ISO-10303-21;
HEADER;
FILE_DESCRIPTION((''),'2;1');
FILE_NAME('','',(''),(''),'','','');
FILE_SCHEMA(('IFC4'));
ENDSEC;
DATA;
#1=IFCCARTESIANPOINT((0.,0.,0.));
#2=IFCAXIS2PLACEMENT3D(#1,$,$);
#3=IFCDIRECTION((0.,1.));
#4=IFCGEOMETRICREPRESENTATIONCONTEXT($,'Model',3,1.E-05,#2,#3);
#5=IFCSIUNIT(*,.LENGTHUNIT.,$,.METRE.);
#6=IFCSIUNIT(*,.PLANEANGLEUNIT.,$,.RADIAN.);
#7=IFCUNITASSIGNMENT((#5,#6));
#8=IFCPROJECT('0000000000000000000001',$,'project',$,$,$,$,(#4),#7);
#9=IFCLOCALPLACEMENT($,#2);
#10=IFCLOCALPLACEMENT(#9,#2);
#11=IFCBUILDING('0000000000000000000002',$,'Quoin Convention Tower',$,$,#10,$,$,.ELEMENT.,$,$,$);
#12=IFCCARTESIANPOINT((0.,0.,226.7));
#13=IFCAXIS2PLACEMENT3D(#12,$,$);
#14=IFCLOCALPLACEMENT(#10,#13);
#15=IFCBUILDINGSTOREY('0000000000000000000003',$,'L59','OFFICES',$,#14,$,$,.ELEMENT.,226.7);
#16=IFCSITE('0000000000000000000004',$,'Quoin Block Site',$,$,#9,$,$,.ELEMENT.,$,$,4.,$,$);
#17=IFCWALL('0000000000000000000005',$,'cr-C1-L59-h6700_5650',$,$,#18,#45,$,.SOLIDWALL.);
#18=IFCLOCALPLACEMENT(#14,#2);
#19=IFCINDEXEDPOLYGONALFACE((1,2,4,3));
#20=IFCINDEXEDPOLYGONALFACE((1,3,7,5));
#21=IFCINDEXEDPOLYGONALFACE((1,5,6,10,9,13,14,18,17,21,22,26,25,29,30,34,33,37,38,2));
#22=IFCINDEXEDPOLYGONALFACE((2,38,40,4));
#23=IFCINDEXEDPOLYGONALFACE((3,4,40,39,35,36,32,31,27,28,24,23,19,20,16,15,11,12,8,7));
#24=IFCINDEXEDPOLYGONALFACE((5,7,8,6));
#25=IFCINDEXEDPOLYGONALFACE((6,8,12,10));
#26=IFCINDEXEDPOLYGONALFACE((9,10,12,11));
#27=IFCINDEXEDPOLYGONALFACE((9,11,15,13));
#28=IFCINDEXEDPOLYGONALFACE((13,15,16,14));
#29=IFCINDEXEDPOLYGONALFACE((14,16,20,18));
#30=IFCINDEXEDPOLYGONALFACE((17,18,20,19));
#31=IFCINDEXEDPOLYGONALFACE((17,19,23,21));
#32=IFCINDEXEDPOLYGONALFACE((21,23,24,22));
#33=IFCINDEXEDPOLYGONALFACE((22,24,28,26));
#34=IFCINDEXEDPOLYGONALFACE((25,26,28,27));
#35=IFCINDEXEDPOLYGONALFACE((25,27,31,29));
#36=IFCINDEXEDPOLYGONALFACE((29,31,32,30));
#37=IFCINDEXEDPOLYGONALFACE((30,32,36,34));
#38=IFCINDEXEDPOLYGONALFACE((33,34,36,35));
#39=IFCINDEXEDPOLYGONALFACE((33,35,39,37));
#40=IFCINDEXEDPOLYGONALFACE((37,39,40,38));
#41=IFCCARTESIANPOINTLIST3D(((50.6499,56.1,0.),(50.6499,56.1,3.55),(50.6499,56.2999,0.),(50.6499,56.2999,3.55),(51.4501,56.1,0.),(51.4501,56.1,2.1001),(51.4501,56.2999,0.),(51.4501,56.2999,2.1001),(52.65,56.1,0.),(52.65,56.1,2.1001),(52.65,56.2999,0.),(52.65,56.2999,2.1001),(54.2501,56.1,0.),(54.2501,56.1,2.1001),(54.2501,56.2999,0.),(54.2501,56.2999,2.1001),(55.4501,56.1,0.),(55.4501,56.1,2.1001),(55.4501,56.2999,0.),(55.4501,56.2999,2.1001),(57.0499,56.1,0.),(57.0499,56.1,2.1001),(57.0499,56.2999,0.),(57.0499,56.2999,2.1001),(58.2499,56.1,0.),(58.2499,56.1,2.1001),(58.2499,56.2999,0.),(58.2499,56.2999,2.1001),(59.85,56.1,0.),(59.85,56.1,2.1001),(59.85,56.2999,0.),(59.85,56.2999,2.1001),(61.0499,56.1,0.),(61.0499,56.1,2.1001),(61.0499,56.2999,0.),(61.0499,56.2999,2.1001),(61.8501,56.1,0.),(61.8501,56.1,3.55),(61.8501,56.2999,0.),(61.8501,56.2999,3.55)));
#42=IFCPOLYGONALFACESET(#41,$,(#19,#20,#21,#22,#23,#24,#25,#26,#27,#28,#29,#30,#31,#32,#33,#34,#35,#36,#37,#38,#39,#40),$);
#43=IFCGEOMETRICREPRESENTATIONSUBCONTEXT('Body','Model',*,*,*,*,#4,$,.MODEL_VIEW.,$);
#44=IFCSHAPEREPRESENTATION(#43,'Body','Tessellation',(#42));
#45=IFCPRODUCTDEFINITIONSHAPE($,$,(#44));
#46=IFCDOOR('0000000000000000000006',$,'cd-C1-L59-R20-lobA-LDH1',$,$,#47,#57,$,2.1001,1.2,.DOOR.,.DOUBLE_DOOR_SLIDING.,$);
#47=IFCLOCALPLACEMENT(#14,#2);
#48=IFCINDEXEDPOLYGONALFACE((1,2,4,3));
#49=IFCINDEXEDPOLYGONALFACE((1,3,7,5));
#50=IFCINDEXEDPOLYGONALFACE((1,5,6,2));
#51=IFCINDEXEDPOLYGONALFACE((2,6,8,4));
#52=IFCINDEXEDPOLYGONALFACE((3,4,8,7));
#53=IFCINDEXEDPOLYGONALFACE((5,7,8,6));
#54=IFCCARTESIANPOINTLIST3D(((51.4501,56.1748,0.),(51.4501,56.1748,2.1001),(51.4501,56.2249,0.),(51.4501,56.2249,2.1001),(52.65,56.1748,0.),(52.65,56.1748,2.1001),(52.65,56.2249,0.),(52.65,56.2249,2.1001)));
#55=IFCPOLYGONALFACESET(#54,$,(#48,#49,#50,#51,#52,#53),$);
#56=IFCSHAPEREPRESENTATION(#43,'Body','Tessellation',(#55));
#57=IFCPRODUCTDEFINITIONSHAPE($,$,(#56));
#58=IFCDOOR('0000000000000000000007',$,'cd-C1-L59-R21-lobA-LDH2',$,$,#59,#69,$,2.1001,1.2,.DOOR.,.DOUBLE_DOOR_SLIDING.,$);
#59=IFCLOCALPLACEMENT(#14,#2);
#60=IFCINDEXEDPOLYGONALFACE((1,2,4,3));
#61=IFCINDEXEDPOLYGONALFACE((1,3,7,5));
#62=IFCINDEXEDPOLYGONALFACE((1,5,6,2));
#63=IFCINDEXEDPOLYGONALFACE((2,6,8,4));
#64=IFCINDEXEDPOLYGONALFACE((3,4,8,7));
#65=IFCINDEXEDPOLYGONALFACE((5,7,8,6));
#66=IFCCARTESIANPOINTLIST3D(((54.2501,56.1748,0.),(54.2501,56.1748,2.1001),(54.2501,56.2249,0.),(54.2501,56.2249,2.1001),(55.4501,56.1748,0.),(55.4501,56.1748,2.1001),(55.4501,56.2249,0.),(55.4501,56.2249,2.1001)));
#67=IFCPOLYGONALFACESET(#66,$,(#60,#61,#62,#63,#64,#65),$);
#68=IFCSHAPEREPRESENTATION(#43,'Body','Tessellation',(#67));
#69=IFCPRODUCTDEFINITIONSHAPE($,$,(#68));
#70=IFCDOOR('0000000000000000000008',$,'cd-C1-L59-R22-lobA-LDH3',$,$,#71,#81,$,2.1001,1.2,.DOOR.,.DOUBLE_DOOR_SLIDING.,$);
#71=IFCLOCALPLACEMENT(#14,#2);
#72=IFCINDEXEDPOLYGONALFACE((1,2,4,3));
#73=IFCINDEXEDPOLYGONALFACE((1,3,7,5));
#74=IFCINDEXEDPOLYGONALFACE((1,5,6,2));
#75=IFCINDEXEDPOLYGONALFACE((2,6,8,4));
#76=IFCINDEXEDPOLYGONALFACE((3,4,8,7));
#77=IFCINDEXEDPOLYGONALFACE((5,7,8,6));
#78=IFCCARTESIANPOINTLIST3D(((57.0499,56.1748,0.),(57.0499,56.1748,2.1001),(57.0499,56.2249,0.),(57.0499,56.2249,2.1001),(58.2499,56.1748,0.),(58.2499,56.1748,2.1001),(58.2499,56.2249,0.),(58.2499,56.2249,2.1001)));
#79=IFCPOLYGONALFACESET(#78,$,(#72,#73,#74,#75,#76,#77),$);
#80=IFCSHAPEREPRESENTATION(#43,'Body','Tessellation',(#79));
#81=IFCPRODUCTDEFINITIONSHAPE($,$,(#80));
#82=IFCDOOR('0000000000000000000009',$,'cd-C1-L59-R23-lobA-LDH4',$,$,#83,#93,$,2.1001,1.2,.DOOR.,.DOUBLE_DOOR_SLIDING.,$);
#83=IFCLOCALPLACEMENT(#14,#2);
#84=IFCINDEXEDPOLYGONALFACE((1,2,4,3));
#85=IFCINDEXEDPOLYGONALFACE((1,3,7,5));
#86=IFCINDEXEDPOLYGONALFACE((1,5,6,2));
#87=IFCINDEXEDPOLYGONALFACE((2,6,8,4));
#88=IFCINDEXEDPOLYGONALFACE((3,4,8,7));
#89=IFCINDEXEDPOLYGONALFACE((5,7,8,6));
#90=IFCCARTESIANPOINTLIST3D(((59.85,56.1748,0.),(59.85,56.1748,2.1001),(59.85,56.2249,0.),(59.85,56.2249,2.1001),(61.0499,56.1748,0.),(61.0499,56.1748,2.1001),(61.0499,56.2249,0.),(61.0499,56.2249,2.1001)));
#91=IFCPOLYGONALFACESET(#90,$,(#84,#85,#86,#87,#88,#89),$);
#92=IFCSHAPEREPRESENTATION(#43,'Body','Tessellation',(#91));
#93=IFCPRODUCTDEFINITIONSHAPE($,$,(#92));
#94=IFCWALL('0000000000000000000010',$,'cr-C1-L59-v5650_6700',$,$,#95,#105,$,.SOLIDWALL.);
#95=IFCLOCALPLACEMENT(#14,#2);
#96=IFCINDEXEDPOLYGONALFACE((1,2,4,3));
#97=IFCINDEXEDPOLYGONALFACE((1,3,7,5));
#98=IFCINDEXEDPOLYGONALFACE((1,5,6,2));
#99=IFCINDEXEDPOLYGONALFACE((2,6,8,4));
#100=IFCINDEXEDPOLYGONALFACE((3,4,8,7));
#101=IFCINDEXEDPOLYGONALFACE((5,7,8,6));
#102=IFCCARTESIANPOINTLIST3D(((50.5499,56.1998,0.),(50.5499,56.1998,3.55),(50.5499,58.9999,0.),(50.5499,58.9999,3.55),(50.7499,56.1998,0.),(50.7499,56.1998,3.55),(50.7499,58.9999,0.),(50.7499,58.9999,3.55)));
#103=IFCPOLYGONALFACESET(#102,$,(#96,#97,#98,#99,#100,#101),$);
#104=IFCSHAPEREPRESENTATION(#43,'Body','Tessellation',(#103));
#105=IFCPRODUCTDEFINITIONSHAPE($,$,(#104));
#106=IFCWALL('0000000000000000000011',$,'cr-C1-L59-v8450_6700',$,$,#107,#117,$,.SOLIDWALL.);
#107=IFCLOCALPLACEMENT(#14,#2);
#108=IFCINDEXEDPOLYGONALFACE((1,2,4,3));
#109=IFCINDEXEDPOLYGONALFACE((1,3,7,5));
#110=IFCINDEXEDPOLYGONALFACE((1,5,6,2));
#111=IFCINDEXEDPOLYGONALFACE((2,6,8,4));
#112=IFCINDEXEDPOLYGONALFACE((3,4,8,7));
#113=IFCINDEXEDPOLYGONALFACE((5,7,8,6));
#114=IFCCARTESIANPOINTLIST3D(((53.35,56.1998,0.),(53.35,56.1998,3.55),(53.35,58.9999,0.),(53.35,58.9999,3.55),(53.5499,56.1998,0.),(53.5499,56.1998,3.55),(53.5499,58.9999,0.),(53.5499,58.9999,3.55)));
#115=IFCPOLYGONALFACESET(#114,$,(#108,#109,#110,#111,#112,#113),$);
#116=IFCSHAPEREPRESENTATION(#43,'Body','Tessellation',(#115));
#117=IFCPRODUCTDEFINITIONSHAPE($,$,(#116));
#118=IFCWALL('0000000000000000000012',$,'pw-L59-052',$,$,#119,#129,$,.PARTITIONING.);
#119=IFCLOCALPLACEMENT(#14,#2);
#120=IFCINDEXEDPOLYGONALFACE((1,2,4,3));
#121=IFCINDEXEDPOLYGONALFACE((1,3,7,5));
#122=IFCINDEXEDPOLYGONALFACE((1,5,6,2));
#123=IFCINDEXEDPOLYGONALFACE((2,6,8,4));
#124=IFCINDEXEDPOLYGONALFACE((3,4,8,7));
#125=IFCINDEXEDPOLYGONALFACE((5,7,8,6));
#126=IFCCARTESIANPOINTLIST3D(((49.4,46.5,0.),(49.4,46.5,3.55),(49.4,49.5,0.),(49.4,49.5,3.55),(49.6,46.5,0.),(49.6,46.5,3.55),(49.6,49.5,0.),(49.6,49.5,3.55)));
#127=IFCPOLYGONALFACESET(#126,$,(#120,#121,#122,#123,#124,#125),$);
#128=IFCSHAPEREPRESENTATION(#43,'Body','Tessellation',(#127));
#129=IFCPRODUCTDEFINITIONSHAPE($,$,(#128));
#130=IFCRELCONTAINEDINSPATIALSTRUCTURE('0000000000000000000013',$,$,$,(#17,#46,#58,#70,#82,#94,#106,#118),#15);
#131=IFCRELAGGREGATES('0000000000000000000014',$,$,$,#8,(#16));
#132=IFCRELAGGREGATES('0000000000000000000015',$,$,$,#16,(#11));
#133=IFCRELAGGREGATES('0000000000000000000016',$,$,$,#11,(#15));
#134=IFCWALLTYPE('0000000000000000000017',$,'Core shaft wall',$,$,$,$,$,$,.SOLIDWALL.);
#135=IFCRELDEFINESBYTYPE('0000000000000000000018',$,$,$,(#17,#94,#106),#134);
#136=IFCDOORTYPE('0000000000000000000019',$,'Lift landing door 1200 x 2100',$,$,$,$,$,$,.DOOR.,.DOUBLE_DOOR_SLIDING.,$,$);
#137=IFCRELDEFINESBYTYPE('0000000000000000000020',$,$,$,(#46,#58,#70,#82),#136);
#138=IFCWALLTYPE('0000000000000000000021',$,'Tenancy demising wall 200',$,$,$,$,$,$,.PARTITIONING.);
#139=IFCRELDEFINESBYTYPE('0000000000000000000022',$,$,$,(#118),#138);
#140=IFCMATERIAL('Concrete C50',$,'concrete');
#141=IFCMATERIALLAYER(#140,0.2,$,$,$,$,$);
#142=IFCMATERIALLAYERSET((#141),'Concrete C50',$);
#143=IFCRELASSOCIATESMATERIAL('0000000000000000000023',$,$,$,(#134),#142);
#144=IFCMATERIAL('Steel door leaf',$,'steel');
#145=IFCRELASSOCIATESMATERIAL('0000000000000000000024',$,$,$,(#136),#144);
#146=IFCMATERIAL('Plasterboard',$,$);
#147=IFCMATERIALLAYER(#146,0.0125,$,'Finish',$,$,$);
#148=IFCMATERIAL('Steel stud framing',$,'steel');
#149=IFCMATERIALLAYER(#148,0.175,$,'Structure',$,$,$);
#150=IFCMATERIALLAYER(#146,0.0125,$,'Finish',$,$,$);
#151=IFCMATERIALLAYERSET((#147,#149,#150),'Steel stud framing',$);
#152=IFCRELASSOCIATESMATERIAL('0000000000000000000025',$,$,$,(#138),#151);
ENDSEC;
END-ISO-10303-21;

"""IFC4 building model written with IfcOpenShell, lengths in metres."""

from ifc_helpers import new_model, si_unit, direction, frame, frame_2d, origin, place, context, subcontext, project, spatial, rectangle, extrude, material, layer, layer_set, type_object, element, fill, save


model = new_model("IFC4")

# Units and contexts
model_context = context("Model", 3, precision=1e-05, world=origin(), true_north=direction((0.0, 1.0)))
body_context = subcontext(model_context, "Body", "Model", "MODEL_VIEW")
ifc_project = project(units=[si_unit("LENGTHUNIT", "METRE"), si_unit("PLANEANGLEUNIT", "RADIAN")], contexts=[model_context])

# Site, building, storey
site_placement = place(None, origin())
site = spatial("IfcSite", under=ifc_project, at=site_placement, Name="Quoin Block Site", CompositionType="ELEMENT", RefElevation=4.0)
building_placement = place(site_placement, origin())
building = spatial("IfcBuilding", under=site, at=building_placement, Name="Quoin Convention Tower", CompositionType="ELEMENT")
storey_placement = place(building_placement, frame((0.0, 0.0, 226.7)))
storey = spatial("IfcBuildingStorey", under=building, at=storey_placement, Name="L59", Description="OFFICES", CompositionType="ELEMENT", Elevation=226.7)

# Shared definitions
ifc_material_1 = material(Name="Concrete C50", Category="concrete")

# Shared definitions
ifc_material_2 = material(Name="Plasterboard")
ifc_material_3 = material(Name="Steel stud framing", Category="steel")
ifc_material_4 = material(Name="Steel door leaf", Category="steel")

# Wall, openings, doors
ifc_layer_1 = layer(ifc_material_1, 0.2)
ifc_layer_set_1 = layer_set([ifc_layer_1], Name="Concrete C50")
wall_type_1 = type_object("IfcWallType", Name="Core shaft wall", PredefinedType="SOLIDWALL", material=ifc_layer_set_1)
wall_1_placement = place(storey_placement, frame((50.6499, 56.2, 0.0), z_axis=(0.0, 0.0, 1.0), x_axis=(1.0, 0.0, 0.0)))
wall_1 = element("IfcWall", 1, at=wall_1_placement, inside=storey, type_object=wall_type_1, Name="cr-C1-L59-h6700_5650", PredefinedType="SOLIDWALL", context=body_context, shape_type="SweptSolid", body=[
    extrude(rectangle(XDim=11.2002, YDim=0.2, at=frame_2d((5.6001, 0.0))), origin(), (0.0, 0.0, 1.0), 3.55),
])
opening_1_placement = place(wall_1_placement, frame((0.8, 0.0, 0.0)))
opening_1 = element("IfcOpeningElement", 2, at=opening_1_placement, cuts=wall_1, PredefinedType="OPENING", context=body_context, shape_type="SweptSolid", body=[
    extrude(rectangle(XDim=1.2, YDim=2.1001, at=frame_2d((0.6001, 1.05))), frame((0.0, 0.1099, 0.0), z_axis=(0.0, -1.0, 0.0), x_axis=(1.0, 0.0, 0.0)), (0.0, 0.0, 1.0), 0.22),
])
opening_2_placement = place(wall_1_placement, frame((3.6001, 0.0, 0.0)))
opening_2 = element("IfcOpeningElement", 3, at=opening_2_placement, cuts=wall_1, PredefinedType="OPENING", context=body_context, shape_type="SweptSolid", body=[
    extrude(rectangle(XDim=1.2, YDim=2.1001, at=frame_2d((0.6001, 1.05))), frame((0.0, 0.1099, 0.0), z_axis=(0.0, -1.0, 0.0), x_axis=(1.0, 0.0, 0.0)), (0.0, 0.0, 1.0), 0.22),
])
opening_3_placement = place(wall_1_placement, frame((6.3999, 0.0, 0.0)))
opening_3 = element("IfcOpeningElement", 4, at=opening_3_placement, cuts=wall_1, PredefinedType="OPENING", context=body_context, shape_type="SweptSolid", body=[
    extrude(rectangle(XDim=1.2, YDim=2.1001, at=frame_2d((0.6001, 1.05))), frame((0.0, 0.1099, 0.0), z_axis=(0.0, -1.0, 0.0), x_axis=(1.0, 0.0, 0.0)), (0.0, 0.0, 1.0), 0.22),
])
opening_4_placement = place(wall_1_placement, frame((9.2, 0.0, 0.0)))
opening_4 = element("IfcOpeningElement", 5, at=opening_4_placement, cuts=wall_1, PredefinedType="OPENING", context=body_context, shape_type="SweptSolid", body=[
    extrude(rectangle(XDim=1.2, YDim=2.1001, at=frame_2d((0.6001, 1.05))), frame((0.0, 0.1099, 0.0), z_axis=(0.0, -1.0, 0.0), x_axis=(1.0, 0.0, 0.0)), (0.0, 0.0, 1.0), 0.22),
])
door_type_1 = type_object("IfcDoorType", Name="Lift landing door 1200 x 2100", OperationType="DOUBLE_DOOR_SLIDING", PredefinedType="DOOR", material=ifc_material_4)
door_1_placement = place(opening_1_placement, origin())
door_1 = element("IfcDoor", 6, at=door_1_placement, inside=storey, type_object=door_type_1, Name="cd-C1-L59-R20-lobA-LDH1", OperationType="DOUBLE_DOOR_SLIDING", OverallHeight=2.1001, OverallWidth=1.2, PredefinedType="DOOR", context=body_context, shape_type="SweptSolid", body=[
    extrude(rectangle(XDim=1.2, YDim=2.1001, at=frame_2d((0.6001, 1.05))), frame((0.0, 0.0249, 0.0), z_axis=(0.0, -1.0, 0.0), x_axis=(1.0, 0.0, 0.0)), (0.0, 0.0, 1.0), 0.05),
])
fill(opening_1, door_1)
door_2_placement = place(opening_2_placement, origin())
door_2 = element("IfcDoor", 7, at=door_2_placement, inside=storey, type_object=door_type_1, Name="cd-C1-L59-R21-lobA-LDH2", OperationType="DOUBLE_DOOR_SLIDING", OverallHeight=2.1001, OverallWidth=1.2, PredefinedType="DOOR", context=body_context, shape_type="SweptSolid", body=[
    extrude(rectangle(XDim=1.2, YDim=2.1001, at=frame_2d((0.6001, 1.05))), frame((0.0, 0.0249, 0.0), z_axis=(0.0, -1.0, 0.0), x_axis=(1.0, 0.0, 0.0)), (0.0, 0.0, 1.0), 0.05),
])
fill(opening_2, door_2)
door_3_placement = place(opening_3_placement, origin())
door_3 = element("IfcDoor", 8, at=door_3_placement, inside=storey, type_object=door_type_1, Name="cd-C1-L59-R22-lobA-LDH3", OperationType="DOUBLE_DOOR_SLIDING", OverallHeight=2.1001, OverallWidth=1.2, PredefinedType="DOOR", context=body_context, shape_type="SweptSolid", body=[
    extrude(rectangle(XDim=1.2, YDim=2.1001, at=frame_2d((0.6001, 1.05))), frame((0.0, 0.0249, 0.0), z_axis=(0.0, -1.0, 0.0), x_axis=(1.0, 0.0, 0.0)), (0.0, 0.0, 1.0), 0.05),
])
fill(opening_3, door_3)
door_4_placement = place(opening_4_placement, origin())
door_4 = element("IfcDoor", 9, at=door_4_placement, inside=storey, type_object=door_type_1, Name="cd-C1-L59-R23-lobA-LDH4", OperationType="DOUBLE_DOOR_SLIDING", OverallHeight=2.1001, OverallWidth=1.2, PredefinedType="DOOR", context=body_context, shape_type="SweptSolid", body=[
    extrude(rectangle(XDim=1.2, YDim=2.1001, at=frame_2d((0.6001, 1.05))), frame((0.0, 0.0249, 0.0), z_axis=(0.0, -1.0, 0.0), x_axis=(1.0, 0.0, 0.0)), (0.0, 0.0, 1.0), 0.05),
])
fill(opening_4, door_4)

# Walls
for number, where, z_axis, x_axis, name in (
    (10, (50.6499, 56.2, 0.0), (0.0, 0.0, 1.0), (0.0, 1.0, 0.0), "cr-C1-L59-v5650_6700"),
    (11, (53.45, 56.2, 0.0), (0.0, 0.0, 1.0), (0.0, 1.0, 0.0), "cr-C1-L59-v8450_6700"),
):
    element("IfcWall", number, at=place(storey_placement, frame(where, z_axis=z_axis, x_axis=x_axis)), inside=storey, type_object=wall_type_1, Name=name, PredefinedType="SOLIDWALL", context=body_context, shape_type="SweptSolid", body=[
        extrude(rectangle(XDim=2.8, YDim=0.2, at=frame_2d((1.3999, 0.0))), origin(), (0.0, 0.0, 1.0), 3.55),
    ])
ifc_layer_2 = layer(ifc_material_2, 0.0125, Name="Finish")
ifc_layer_3 = layer(ifc_material_3, 0.175, Name="Structure")
ifc_layer_4 = layer(ifc_material_2, 0.0125, Name="Finish")
ifc_layer_set_2 = layer_set([ifc_layer_2, ifc_layer_3, ifc_layer_4], Name="Steel stud framing")
wall_type_2 = type_object("IfcWallType", Name="Tenancy demising wall 200", PredefinedType="PARTITIONING", material=ifc_layer_set_2)
wall_2_placement = place(storey_placement, frame((49.5, 46.5, 0.0), z_axis=(0.0, 0.0, 1.0), x_axis=(0.0, 1.0, 0.0)))
element("IfcWall", 12, at=wall_2_placement, inside=storey, type_object=wall_type_2, Name="pw-L59-052", PredefinedType="PARTITIONING", context=body_context, shape_type="SweptSolid", body=[
    extrude(rectangle(XDim=3.0, YDim=0.2, at=frame_2d((1.5, 0.0))), origin(), (0.0, 0.0, 1.0), 3.55),
])

save(model, "model.ifc")
